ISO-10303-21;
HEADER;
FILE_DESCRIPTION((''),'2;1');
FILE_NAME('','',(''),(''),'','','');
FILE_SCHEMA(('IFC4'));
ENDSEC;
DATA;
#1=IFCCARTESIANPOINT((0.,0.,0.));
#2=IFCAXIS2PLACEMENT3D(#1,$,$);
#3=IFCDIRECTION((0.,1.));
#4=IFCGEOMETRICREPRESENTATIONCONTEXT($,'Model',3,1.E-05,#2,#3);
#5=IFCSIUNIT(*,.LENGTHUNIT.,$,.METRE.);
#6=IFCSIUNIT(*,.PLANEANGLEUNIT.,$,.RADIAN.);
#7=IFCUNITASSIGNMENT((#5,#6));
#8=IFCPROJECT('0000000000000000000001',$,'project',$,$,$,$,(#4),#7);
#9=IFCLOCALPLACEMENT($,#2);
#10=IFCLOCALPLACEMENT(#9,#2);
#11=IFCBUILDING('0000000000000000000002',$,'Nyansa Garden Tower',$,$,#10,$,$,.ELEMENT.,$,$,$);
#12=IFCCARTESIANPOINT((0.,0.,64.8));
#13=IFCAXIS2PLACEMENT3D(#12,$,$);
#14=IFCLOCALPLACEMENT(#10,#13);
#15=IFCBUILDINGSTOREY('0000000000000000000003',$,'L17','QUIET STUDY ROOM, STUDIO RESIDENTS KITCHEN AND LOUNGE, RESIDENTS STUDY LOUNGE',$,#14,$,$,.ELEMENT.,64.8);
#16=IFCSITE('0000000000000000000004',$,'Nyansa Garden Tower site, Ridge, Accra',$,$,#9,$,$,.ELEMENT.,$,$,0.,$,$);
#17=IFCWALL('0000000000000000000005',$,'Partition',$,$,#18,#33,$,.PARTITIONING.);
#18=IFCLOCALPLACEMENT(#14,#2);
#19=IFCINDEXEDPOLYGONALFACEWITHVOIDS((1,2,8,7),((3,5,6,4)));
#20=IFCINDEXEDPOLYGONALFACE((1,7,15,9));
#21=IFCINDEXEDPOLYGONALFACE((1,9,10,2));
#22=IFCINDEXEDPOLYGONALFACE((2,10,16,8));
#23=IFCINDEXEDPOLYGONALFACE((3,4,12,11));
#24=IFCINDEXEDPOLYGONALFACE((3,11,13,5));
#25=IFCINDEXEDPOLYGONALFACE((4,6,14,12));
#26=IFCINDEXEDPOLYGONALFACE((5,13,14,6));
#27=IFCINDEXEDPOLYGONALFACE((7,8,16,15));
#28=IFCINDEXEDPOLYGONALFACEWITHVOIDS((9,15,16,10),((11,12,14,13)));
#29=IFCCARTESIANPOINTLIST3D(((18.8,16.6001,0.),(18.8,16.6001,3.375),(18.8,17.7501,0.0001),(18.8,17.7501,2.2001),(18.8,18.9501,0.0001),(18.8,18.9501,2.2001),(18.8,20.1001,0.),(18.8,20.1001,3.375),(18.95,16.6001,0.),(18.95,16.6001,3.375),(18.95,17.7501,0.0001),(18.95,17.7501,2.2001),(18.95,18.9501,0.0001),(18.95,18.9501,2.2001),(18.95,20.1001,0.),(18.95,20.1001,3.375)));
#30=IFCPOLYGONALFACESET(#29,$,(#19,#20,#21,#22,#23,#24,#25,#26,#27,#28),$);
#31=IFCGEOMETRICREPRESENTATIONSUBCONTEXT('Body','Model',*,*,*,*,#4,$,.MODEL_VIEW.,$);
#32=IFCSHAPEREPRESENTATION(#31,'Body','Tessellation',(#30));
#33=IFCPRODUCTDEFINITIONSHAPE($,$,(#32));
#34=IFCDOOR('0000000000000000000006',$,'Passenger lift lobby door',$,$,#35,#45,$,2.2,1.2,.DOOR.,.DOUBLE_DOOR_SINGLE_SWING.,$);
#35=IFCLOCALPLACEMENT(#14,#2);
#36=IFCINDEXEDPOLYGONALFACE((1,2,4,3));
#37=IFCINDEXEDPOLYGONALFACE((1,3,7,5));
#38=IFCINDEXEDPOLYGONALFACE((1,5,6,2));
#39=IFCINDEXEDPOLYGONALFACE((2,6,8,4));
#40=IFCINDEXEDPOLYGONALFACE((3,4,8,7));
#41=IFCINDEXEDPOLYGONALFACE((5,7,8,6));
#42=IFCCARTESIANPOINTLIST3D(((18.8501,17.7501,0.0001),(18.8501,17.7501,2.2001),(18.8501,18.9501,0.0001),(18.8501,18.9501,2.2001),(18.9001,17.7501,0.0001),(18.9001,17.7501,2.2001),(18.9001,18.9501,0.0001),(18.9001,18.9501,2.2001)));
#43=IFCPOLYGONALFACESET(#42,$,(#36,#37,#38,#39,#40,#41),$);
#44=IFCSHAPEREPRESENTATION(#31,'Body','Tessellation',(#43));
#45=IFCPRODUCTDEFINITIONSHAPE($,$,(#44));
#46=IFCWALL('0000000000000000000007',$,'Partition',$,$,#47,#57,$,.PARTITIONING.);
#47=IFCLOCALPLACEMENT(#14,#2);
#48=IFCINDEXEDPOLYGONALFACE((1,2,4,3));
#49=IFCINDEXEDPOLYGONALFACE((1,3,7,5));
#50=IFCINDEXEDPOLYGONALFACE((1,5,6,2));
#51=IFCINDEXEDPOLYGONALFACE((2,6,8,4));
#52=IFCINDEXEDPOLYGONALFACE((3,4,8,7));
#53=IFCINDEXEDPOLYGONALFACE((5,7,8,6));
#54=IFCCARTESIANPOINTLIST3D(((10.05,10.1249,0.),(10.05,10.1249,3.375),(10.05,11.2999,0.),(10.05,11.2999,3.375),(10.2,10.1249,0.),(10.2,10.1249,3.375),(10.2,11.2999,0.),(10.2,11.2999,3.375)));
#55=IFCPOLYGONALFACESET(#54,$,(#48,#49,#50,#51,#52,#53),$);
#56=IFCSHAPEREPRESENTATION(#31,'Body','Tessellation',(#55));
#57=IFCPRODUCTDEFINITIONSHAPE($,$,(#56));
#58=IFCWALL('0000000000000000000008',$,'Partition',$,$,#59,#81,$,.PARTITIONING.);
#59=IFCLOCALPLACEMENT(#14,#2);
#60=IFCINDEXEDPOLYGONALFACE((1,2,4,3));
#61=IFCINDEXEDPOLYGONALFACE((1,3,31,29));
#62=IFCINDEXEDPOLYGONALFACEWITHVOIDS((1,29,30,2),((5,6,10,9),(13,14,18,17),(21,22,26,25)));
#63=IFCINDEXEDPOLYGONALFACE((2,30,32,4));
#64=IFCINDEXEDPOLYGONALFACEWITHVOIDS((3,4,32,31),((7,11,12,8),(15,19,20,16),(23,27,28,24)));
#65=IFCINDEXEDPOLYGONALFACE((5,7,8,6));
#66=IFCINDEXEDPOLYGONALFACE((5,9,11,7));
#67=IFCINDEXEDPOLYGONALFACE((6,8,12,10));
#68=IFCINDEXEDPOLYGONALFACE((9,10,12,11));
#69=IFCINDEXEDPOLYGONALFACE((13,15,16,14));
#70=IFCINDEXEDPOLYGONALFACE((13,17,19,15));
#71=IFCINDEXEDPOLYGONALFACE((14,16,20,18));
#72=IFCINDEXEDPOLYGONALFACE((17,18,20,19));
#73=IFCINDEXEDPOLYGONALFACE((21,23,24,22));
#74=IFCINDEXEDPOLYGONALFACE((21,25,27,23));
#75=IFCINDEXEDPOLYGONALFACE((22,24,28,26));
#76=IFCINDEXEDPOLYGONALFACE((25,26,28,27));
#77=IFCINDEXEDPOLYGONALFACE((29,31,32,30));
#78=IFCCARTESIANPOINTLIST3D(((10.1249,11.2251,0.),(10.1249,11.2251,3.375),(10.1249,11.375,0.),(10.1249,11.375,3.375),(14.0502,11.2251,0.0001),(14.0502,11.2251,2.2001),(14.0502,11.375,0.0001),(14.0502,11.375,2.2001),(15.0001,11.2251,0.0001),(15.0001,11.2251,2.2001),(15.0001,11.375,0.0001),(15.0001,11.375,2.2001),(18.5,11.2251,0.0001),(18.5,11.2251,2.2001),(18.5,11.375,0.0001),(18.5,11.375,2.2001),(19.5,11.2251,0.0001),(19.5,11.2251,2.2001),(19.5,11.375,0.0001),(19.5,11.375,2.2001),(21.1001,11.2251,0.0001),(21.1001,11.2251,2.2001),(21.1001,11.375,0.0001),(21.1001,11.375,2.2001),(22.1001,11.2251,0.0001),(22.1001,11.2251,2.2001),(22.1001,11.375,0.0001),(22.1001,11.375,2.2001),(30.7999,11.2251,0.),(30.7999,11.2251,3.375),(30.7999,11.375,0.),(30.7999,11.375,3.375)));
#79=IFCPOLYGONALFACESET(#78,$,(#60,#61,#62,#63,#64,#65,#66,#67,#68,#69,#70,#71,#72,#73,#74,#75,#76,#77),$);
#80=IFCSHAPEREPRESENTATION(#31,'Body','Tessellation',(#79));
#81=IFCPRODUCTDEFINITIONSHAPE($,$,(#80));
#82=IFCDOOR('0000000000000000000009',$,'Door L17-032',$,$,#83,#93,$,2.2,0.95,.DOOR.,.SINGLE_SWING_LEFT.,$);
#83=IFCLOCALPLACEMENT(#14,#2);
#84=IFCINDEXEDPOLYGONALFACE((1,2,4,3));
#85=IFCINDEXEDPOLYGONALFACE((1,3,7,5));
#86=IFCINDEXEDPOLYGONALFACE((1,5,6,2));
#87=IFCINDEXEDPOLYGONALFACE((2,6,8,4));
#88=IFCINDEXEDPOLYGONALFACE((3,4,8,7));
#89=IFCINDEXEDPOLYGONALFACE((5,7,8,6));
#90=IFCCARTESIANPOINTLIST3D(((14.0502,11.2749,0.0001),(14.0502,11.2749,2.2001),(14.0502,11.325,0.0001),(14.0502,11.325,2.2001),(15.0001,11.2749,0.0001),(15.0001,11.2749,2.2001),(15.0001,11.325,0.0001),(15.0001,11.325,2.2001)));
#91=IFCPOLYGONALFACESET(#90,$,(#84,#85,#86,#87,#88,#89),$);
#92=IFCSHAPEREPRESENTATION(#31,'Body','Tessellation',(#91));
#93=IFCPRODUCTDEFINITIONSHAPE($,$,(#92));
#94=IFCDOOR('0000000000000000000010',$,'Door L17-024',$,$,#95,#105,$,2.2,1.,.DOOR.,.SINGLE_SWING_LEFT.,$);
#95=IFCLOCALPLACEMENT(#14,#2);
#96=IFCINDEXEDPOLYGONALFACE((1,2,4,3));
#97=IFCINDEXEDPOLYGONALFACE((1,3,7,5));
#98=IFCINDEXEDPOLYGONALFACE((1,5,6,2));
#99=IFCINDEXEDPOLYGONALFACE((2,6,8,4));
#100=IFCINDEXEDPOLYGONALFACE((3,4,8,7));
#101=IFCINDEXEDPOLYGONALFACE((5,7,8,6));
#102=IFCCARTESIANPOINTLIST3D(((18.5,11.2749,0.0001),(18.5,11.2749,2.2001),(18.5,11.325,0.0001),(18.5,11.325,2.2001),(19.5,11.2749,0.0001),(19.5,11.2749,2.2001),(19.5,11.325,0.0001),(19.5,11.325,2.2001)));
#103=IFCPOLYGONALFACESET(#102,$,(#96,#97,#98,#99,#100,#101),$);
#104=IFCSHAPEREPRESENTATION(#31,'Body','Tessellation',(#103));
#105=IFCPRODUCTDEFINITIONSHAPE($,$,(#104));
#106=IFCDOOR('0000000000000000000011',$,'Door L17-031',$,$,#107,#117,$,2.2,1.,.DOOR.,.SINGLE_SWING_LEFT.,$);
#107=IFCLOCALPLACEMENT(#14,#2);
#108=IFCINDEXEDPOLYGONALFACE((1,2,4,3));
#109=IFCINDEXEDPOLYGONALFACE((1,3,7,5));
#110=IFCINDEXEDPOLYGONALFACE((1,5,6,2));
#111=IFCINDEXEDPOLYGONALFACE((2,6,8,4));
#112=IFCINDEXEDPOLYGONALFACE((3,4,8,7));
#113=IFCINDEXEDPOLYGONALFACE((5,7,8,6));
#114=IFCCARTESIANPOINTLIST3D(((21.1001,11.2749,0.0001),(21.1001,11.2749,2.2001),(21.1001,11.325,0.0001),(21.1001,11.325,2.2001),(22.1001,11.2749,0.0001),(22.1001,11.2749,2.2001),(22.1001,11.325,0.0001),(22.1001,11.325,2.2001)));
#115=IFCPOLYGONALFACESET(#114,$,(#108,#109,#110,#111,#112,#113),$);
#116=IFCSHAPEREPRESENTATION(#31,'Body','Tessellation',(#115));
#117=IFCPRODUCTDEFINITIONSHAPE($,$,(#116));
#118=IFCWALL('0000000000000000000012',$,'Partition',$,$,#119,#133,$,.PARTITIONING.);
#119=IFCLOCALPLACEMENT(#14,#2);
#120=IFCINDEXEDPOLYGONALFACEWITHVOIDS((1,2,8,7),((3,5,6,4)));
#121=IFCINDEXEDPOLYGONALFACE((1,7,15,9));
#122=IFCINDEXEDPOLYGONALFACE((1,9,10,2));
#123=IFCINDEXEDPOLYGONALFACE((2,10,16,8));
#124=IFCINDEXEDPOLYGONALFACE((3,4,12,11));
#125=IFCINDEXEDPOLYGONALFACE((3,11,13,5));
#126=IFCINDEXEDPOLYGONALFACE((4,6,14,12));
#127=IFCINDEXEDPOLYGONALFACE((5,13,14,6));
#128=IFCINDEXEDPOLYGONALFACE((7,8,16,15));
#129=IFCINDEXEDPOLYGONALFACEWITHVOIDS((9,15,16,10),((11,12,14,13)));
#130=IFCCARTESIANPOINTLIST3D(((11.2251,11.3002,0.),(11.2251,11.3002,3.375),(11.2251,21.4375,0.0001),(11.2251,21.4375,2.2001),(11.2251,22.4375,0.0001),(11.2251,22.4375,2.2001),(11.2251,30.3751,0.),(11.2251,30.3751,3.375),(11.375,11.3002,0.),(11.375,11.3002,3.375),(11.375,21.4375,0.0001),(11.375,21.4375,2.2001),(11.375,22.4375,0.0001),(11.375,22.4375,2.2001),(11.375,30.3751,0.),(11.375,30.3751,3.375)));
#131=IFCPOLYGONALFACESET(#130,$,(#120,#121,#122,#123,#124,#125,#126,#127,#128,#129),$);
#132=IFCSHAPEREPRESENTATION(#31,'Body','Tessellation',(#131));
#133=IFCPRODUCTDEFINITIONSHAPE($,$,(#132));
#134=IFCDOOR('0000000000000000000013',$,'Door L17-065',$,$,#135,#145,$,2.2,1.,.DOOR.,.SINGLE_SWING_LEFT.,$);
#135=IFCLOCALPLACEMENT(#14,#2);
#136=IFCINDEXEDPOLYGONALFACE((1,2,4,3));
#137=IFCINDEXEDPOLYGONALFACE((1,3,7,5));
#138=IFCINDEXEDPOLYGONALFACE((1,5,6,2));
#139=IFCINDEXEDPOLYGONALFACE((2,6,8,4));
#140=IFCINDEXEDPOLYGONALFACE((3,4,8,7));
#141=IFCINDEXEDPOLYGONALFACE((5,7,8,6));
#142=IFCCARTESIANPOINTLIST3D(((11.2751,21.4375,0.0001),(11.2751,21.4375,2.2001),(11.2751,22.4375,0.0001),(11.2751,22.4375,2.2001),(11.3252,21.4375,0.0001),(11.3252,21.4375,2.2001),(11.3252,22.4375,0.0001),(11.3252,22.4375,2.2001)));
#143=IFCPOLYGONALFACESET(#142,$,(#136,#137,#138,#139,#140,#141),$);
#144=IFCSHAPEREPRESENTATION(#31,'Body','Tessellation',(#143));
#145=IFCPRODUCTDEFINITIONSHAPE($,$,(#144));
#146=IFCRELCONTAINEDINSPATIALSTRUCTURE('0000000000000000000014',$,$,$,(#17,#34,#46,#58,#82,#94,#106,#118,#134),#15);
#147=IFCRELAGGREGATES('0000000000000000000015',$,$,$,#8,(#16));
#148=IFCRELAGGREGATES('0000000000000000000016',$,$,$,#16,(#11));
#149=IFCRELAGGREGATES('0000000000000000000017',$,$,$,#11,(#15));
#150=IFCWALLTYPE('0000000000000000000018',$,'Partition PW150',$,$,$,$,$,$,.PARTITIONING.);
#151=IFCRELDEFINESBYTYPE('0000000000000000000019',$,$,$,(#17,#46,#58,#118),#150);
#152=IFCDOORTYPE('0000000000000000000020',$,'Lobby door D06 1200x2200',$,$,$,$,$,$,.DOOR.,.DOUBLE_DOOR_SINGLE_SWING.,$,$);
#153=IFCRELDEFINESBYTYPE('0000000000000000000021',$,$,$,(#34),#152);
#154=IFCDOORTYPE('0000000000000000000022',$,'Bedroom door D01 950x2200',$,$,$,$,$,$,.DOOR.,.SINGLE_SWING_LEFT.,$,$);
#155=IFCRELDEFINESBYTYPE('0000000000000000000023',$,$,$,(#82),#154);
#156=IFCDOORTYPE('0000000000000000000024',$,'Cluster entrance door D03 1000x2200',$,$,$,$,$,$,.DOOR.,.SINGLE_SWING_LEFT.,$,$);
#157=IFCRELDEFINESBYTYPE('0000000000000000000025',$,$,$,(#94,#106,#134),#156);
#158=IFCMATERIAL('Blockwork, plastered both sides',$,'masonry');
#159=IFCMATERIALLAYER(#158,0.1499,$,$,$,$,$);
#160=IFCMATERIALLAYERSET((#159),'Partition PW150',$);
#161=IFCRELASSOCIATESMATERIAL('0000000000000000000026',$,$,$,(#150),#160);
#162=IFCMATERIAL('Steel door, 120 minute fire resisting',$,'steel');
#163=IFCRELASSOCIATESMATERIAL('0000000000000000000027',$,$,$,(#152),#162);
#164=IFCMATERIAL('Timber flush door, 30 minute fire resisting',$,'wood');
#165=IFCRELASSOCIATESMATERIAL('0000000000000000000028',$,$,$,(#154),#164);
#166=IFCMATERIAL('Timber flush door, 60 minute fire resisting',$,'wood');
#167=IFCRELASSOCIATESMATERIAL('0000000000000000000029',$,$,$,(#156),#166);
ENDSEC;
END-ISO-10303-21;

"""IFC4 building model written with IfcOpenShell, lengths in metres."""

from ifc_helpers import new_model, si_unit, direction, frame, frame_2d, origin, place, context, subcontext, project, spatial, rectangle, extrude, material, layer, layer_set, type_object, element, fill, save


model = new_model("IFC4")

# Units and contexts
model_context = context("Model", 3, precision=1e-05, world=origin(), true_north=direction((0.0, 1.0)))
body_context = subcontext(model_context, "Body", "Model", "MODEL_VIEW")
ifc_project = project(units=[si_unit("LENGTHUNIT", "METRE"), si_unit("PLANEANGLEUNIT", "RADIAN")], contexts=[model_context])

# Site, building, storey
site_placement = place(None, origin())
site = spatial("IfcSite", under=ifc_project, at=site_placement, Name="Nyansa Garden Tower site, Ridge, Accra", CompositionType="ELEMENT", RefElevation=0.0)
building_placement = place(site_placement, origin())
building = spatial("IfcBuilding", under=site, at=building_placement, Name="Nyansa Garden Tower", CompositionType="ELEMENT")
storey_placement = place(building_placement, frame((0.0, 0.0, 64.8)))
storey = spatial("IfcBuildingStorey", under=building, at=storey_placement, Name="L17", Description="QUIET STUDY ROOM, STUDIO RESIDENTS KITCHEN AND LOUNGE, RESIDENTS STUDY LOUNGE", CompositionType="ELEMENT", Elevation=64.8)

# Wall, opening, door
ifc_material_1 = material(Name="Blockwork, plastered both sides", Category="masonry")
ifc_layer_1 = layer(ifc_material_1, 0.1499)
ifc_layer_set_1 = layer_set([ifc_layer_1], Name="Partition PW150")
wall_type_1 = type_object("IfcWallType", Name="Partition PW150", PredefinedType="PARTITIONING", material=ifc_layer_set_1)
wall_1_placement = place(storey_placement, frame((18.875, 16.6001, 0.0), z_axis=(0.0, 0.0, 1.0), x_axis=(0.0, 1.0, 0.0)))
wall_1 = element("IfcWall", 1, at=wall_1_placement, inside=storey, type_object=wall_type_1, Name="Partition", PredefinedType="PARTITIONING", context=body_context, shape_type="SweptSolid", body=[
    extrude(rectangle(XDim=3.5, YDim=0.1499, at=frame_2d((1.75, 0.0))), origin(), (0.0, 0.0, 1.0), 3.375),
])
opening_1_placement = place(wall_1_placement, frame((1.1499, 0.0, 0.0)))
opening_1 = element("IfcOpeningElement", 2, at=opening_1_placement, cuts=wall_1, PredefinedType="OPENING", context=body_context, shape_type="SweptSolid", body=[
    extrude(rectangle(XDim=1.2, YDim=2.2, at=frame_2d((0.6001, 1.1001))), frame((0.0, 0.085, 0.0), z_axis=(0.0, -1.0, 0.0), x_axis=(1.0, 0.0, 0.0)), (0.0, 0.0, 1.0), 0.1699),
])
ifc_material_2 = material(Name="Steel door, 120 minute fire resisting", Category="steel")
door_type_1 = type_object("IfcDoorType", Name="Lobby door D06 1200x2200", OperationType="DOUBLE_DOOR_SINGLE_SWING", PredefinedType="DOOR", material=ifc_material_2)
door_1_placement = place(opening_1_placement, origin())
door_1 = element("IfcDoor", 3, at=door_1_placement, inside=storey, type_object=door_type_1, Name="Passenger lift lobby door", OperationType="DOUBLE_DOOR_SINGLE_SWING", OverallHeight=2.2, OverallWidth=1.2, PredefinedType="DOOR", context=body_context, shape_type="SweptSolid", body=[
    extrude(rectangle(XDim=1.2, YDim=2.2, at=frame_2d((0.6001, 1.1001))), frame((0.0, 0.0249, 0.0), z_axis=(0.0, -1.0, 0.0), x_axis=(1.0, 0.0, 0.0)), (0.0, 0.0, 1.0), 0.05),
])
fill(opening_1, door_1)

# Wall
wall_2_placement = place(storey_placement, frame((10.125, 10.125, 0.0), z_axis=(0.0, 0.0, 1.0), x_axis=(0.0, 1.0, 0.0)))
element("IfcWall", 4, at=wall_2_placement, inside=storey, type_object=wall_type_1, Name="Partition", PredefinedType="PARTITIONING", context=body_context, shape_type="SweptSolid", body=[
    extrude(rectangle(XDim=1.175, YDim=0.1499, at=frame_2d((0.5874, 0.0))), origin(), (0.0, 0.0, 1.0), 3.375),
])

# Wall, openings, doors
wall_3_placement = place(storey_placement, frame((10.125, 11.3, 0.0), z_axis=(0.0, 0.0, 1.0), x_axis=(1.0, 0.0, 0.0)))
wall_3 = element("IfcWall", 5, at=wall_3_placement, inside=storey, type_object=wall_type_1, Name="Partition", PredefinedType="PARTITIONING", context=body_context, shape_type="SweptSolid", body=[
    extrude(rectangle(XDim=20.675, YDim=0.1499, at=frame_2d((10.3374, 0.0))), origin(), (0.0, 0.0, 1.0), 3.375),
])
opening_2_placement = place(wall_3_placement, frame((8.375, 0.0, 0.0)))
opening_2 = element("IfcOpeningElement", 6, at=opening_2_placement, cuts=wall_3, PredefinedType="OPENING", context=body_context, shape_type="SweptSolid", body=[
    extrude(rectangle(XDim=1.0, YDim=2.2, at=frame_2d((0.5, 1.1001))), frame((0.0, 0.085, 0.0), z_axis=(0.0, -1.0, 0.0), x_axis=(1.0, 0.0, 0.0)), (0.0, 0.0, 1.0), 0.1699),
])
opening_3_placement = place(wall_3_placement, frame((10.9751, 0.0, 0.0)))
opening_3 = element("IfcOpeningElement", 7, at=opening_3_placement, cuts=wall_3, PredefinedType="OPENING", context=body_context, shape_type="SweptSolid", body=[
    extrude(rectangle(XDim=1.0, YDim=2.2, at=frame_2d((0.5, 1.1001))), frame((0.0, 0.085, 0.0), z_axis=(0.0, -1.0, 0.0), x_axis=(1.0, 0.0, 0.0)), (0.0, 0.0, 1.0), 0.1699),
])
opening_4_placement = place(wall_3_placement, frame((3.925, 0.0, 0.0)))
opening_4 = element("IfcOpeningElement", 8, at=opening_4_placement, cuts=wall_3, PredefinedType="OPENING", context=body_context, shape_type="SweptSolid", body=[
    extrude(rectangle(XDim=0.95, YDim=2.2, at=frame_2d((0.4751, 1.1001))), frame((0.0, 0.085, 0.0), z_axis=(0.0, -1.0, 0.0), x_axis=(1.0, 0.0, 0.0)), (0.0, 0.0, 1.0), 0.1699),
])
ifc_material_3 = material(Name="Timber flush door, 30 minute fire resisting", Category="wood")
door_type_2 = type_object("IfcDoorType", Name="Bedroom door D01 950x2200", OperationType="SINGLE_SWING_LEFT", PredefinedType="DOOR", material=ifc_material_3)
door_2_placement = place(opening_4_placement, origin())
door_2 = element("IfcDoor", 9, at=door_2_placement, inside=storey, type_object=door_type_2, Name="Door L17-032", OperationType="SINGLE_SWING_LEFT", OverallHeight=2.2, OverallWidth=0.95, PredefinedType="DOOR", context=body_context, shape_type="SweptSolid", body=[
    extrude(rectangle(XDim=0.95, YDim=2.2, at=frame_2d((0.4751, 1.1001))), frame((0.0, 0.0249, 0.0), z_axis=(0.0, -1.0, 0.0), x_axis=(1.0, 0.0, 0.0)), (0.0, 0.0, 1.0), 0.05),
])
fill(opening_4, door_2)
ifc_material_4 = material(Name="Timber flush door, 60 minute fire resisting", Category="wood")
door_type_3 = type_object("IfcDoorType", Name="Cluster entrance door D03 1000x2200", OperationType="SINGLE_SWING_LEFT", PredefinedType="DOOR", material=ifc_material_4)
door_3_placement = place(opening_2_placement, origin())
door_3 = element("IfcDoor", 10, at=door_3_placement, inside=storey, type_object=door_type_3, Name="Door L17-024", OperationType="SINGLE_SWING_LEFT", OverallHeight=2.2, OverallWidth=1.0, PredefinedType="DOOR", context=body_context, shape_type="SweptSolid", body=[
    extrude(rectangle(XDim=1.0, YDim=2.2, at=frame_2d((0.5, 1.1001))), frame((0.0, 0.0249, 0.0), z_axis=(0.0, -1.0, 0.0), x_axis=(1.0, 0.0, 0.0)), (0.0, 0.0, 1.0), 0.05),
])
fill(opening_2, door_3)
door_4_placement = place(opening_3_placement, origin())
door_4 = element("IfcDoor", 11, at=door_4_placement, inside=storey, type_object=door_type_3, Name="Door L17-031", OperationType="SINGLE_SWING_LEFT", OverallHeight=2.2, OverallWidth=1.0, PredefinedType="DOOR", context=body_context, shape_type="SweptSolid", body=[
    extrude(rectangle(XDim=1.0, YDim=2.2, at=frame_2d((0.5, 1.1001))), frame((0.0, 0.0249, 0.0), z_axis=(0.0, -1.0, 0.0), x_axis=(1.0, 0.0, 0.0)), (0.0, 0.0, 1.0), 0.05),
])
fill(opening_3, door_4)

# Wall, opening, door
wall_4_placement = place(storey_placement, frame((11.3, 11.3, 0.0), z_axis=(0.0, 0.0, 1.0), x_axis=(0.0, 1.0, 0.0)))
wall_4 = element("IfcWall", 12, at=wall_4_placement, inside=storey, type_object=wall_type_1, Name="Partition", PredefinedType="PARTITIONING", context=body_context, shape_type="SweptSolid", body=[
    extrude(rectangle(XDim=19.075, YDim=0.1499, at=frame_2d((9.5376, 0.0))), origin(), (0.0, 0.0, 1.0), 3.375),
])
opening_5_placement = place(wall_4_placement, frame((10.1375, 0.0, 0.0)))
opening_5 = element("IfcOpeningElement", 13, at=opening_5_placement, cuts=wall_4, PredefinedType="OPENING", context=body_context, shape_type="SweptSolid", body=[
    extrude(rectangle(XDim=1.0, YDim=2.2, at=frame_2d((0.5, 1.1001))), frame((0.0, 0.085, 0.0), z_axis=(0.0, -1.0, 0.0), x_axis=(1.0, 0.0, 0.0)), (0.0, 0.0, 1.0), 0.1699),
])
door_5_placement = place(opening_5_placement, origin())
door_5 = element("IfcDoor", 14, at=door_5_placement, inside=storey, type_object=door_type_3, Name="Door L17-065", OperationType="SINGLE_SWING_LEFT", OverallHeight=2.2, OverallWidth=1.0, PredefinedType="DOOR", context=body_context, shape_type="SweptSolid", body=[
    extrude(rectangle(XDim=1.0, YDim=2.2, at=frame_2d((0.5, 1.1001))), frame((0.0, 0.0249, 0.0), z_axis=(0.0, -1.0, 0.0), x_axis=(1.0, 0.0, 0.0)), (0.0, 0.0, 1.0), 0.05),
])
fill(opening_5, door_5)

save(model, "model.ifc")
